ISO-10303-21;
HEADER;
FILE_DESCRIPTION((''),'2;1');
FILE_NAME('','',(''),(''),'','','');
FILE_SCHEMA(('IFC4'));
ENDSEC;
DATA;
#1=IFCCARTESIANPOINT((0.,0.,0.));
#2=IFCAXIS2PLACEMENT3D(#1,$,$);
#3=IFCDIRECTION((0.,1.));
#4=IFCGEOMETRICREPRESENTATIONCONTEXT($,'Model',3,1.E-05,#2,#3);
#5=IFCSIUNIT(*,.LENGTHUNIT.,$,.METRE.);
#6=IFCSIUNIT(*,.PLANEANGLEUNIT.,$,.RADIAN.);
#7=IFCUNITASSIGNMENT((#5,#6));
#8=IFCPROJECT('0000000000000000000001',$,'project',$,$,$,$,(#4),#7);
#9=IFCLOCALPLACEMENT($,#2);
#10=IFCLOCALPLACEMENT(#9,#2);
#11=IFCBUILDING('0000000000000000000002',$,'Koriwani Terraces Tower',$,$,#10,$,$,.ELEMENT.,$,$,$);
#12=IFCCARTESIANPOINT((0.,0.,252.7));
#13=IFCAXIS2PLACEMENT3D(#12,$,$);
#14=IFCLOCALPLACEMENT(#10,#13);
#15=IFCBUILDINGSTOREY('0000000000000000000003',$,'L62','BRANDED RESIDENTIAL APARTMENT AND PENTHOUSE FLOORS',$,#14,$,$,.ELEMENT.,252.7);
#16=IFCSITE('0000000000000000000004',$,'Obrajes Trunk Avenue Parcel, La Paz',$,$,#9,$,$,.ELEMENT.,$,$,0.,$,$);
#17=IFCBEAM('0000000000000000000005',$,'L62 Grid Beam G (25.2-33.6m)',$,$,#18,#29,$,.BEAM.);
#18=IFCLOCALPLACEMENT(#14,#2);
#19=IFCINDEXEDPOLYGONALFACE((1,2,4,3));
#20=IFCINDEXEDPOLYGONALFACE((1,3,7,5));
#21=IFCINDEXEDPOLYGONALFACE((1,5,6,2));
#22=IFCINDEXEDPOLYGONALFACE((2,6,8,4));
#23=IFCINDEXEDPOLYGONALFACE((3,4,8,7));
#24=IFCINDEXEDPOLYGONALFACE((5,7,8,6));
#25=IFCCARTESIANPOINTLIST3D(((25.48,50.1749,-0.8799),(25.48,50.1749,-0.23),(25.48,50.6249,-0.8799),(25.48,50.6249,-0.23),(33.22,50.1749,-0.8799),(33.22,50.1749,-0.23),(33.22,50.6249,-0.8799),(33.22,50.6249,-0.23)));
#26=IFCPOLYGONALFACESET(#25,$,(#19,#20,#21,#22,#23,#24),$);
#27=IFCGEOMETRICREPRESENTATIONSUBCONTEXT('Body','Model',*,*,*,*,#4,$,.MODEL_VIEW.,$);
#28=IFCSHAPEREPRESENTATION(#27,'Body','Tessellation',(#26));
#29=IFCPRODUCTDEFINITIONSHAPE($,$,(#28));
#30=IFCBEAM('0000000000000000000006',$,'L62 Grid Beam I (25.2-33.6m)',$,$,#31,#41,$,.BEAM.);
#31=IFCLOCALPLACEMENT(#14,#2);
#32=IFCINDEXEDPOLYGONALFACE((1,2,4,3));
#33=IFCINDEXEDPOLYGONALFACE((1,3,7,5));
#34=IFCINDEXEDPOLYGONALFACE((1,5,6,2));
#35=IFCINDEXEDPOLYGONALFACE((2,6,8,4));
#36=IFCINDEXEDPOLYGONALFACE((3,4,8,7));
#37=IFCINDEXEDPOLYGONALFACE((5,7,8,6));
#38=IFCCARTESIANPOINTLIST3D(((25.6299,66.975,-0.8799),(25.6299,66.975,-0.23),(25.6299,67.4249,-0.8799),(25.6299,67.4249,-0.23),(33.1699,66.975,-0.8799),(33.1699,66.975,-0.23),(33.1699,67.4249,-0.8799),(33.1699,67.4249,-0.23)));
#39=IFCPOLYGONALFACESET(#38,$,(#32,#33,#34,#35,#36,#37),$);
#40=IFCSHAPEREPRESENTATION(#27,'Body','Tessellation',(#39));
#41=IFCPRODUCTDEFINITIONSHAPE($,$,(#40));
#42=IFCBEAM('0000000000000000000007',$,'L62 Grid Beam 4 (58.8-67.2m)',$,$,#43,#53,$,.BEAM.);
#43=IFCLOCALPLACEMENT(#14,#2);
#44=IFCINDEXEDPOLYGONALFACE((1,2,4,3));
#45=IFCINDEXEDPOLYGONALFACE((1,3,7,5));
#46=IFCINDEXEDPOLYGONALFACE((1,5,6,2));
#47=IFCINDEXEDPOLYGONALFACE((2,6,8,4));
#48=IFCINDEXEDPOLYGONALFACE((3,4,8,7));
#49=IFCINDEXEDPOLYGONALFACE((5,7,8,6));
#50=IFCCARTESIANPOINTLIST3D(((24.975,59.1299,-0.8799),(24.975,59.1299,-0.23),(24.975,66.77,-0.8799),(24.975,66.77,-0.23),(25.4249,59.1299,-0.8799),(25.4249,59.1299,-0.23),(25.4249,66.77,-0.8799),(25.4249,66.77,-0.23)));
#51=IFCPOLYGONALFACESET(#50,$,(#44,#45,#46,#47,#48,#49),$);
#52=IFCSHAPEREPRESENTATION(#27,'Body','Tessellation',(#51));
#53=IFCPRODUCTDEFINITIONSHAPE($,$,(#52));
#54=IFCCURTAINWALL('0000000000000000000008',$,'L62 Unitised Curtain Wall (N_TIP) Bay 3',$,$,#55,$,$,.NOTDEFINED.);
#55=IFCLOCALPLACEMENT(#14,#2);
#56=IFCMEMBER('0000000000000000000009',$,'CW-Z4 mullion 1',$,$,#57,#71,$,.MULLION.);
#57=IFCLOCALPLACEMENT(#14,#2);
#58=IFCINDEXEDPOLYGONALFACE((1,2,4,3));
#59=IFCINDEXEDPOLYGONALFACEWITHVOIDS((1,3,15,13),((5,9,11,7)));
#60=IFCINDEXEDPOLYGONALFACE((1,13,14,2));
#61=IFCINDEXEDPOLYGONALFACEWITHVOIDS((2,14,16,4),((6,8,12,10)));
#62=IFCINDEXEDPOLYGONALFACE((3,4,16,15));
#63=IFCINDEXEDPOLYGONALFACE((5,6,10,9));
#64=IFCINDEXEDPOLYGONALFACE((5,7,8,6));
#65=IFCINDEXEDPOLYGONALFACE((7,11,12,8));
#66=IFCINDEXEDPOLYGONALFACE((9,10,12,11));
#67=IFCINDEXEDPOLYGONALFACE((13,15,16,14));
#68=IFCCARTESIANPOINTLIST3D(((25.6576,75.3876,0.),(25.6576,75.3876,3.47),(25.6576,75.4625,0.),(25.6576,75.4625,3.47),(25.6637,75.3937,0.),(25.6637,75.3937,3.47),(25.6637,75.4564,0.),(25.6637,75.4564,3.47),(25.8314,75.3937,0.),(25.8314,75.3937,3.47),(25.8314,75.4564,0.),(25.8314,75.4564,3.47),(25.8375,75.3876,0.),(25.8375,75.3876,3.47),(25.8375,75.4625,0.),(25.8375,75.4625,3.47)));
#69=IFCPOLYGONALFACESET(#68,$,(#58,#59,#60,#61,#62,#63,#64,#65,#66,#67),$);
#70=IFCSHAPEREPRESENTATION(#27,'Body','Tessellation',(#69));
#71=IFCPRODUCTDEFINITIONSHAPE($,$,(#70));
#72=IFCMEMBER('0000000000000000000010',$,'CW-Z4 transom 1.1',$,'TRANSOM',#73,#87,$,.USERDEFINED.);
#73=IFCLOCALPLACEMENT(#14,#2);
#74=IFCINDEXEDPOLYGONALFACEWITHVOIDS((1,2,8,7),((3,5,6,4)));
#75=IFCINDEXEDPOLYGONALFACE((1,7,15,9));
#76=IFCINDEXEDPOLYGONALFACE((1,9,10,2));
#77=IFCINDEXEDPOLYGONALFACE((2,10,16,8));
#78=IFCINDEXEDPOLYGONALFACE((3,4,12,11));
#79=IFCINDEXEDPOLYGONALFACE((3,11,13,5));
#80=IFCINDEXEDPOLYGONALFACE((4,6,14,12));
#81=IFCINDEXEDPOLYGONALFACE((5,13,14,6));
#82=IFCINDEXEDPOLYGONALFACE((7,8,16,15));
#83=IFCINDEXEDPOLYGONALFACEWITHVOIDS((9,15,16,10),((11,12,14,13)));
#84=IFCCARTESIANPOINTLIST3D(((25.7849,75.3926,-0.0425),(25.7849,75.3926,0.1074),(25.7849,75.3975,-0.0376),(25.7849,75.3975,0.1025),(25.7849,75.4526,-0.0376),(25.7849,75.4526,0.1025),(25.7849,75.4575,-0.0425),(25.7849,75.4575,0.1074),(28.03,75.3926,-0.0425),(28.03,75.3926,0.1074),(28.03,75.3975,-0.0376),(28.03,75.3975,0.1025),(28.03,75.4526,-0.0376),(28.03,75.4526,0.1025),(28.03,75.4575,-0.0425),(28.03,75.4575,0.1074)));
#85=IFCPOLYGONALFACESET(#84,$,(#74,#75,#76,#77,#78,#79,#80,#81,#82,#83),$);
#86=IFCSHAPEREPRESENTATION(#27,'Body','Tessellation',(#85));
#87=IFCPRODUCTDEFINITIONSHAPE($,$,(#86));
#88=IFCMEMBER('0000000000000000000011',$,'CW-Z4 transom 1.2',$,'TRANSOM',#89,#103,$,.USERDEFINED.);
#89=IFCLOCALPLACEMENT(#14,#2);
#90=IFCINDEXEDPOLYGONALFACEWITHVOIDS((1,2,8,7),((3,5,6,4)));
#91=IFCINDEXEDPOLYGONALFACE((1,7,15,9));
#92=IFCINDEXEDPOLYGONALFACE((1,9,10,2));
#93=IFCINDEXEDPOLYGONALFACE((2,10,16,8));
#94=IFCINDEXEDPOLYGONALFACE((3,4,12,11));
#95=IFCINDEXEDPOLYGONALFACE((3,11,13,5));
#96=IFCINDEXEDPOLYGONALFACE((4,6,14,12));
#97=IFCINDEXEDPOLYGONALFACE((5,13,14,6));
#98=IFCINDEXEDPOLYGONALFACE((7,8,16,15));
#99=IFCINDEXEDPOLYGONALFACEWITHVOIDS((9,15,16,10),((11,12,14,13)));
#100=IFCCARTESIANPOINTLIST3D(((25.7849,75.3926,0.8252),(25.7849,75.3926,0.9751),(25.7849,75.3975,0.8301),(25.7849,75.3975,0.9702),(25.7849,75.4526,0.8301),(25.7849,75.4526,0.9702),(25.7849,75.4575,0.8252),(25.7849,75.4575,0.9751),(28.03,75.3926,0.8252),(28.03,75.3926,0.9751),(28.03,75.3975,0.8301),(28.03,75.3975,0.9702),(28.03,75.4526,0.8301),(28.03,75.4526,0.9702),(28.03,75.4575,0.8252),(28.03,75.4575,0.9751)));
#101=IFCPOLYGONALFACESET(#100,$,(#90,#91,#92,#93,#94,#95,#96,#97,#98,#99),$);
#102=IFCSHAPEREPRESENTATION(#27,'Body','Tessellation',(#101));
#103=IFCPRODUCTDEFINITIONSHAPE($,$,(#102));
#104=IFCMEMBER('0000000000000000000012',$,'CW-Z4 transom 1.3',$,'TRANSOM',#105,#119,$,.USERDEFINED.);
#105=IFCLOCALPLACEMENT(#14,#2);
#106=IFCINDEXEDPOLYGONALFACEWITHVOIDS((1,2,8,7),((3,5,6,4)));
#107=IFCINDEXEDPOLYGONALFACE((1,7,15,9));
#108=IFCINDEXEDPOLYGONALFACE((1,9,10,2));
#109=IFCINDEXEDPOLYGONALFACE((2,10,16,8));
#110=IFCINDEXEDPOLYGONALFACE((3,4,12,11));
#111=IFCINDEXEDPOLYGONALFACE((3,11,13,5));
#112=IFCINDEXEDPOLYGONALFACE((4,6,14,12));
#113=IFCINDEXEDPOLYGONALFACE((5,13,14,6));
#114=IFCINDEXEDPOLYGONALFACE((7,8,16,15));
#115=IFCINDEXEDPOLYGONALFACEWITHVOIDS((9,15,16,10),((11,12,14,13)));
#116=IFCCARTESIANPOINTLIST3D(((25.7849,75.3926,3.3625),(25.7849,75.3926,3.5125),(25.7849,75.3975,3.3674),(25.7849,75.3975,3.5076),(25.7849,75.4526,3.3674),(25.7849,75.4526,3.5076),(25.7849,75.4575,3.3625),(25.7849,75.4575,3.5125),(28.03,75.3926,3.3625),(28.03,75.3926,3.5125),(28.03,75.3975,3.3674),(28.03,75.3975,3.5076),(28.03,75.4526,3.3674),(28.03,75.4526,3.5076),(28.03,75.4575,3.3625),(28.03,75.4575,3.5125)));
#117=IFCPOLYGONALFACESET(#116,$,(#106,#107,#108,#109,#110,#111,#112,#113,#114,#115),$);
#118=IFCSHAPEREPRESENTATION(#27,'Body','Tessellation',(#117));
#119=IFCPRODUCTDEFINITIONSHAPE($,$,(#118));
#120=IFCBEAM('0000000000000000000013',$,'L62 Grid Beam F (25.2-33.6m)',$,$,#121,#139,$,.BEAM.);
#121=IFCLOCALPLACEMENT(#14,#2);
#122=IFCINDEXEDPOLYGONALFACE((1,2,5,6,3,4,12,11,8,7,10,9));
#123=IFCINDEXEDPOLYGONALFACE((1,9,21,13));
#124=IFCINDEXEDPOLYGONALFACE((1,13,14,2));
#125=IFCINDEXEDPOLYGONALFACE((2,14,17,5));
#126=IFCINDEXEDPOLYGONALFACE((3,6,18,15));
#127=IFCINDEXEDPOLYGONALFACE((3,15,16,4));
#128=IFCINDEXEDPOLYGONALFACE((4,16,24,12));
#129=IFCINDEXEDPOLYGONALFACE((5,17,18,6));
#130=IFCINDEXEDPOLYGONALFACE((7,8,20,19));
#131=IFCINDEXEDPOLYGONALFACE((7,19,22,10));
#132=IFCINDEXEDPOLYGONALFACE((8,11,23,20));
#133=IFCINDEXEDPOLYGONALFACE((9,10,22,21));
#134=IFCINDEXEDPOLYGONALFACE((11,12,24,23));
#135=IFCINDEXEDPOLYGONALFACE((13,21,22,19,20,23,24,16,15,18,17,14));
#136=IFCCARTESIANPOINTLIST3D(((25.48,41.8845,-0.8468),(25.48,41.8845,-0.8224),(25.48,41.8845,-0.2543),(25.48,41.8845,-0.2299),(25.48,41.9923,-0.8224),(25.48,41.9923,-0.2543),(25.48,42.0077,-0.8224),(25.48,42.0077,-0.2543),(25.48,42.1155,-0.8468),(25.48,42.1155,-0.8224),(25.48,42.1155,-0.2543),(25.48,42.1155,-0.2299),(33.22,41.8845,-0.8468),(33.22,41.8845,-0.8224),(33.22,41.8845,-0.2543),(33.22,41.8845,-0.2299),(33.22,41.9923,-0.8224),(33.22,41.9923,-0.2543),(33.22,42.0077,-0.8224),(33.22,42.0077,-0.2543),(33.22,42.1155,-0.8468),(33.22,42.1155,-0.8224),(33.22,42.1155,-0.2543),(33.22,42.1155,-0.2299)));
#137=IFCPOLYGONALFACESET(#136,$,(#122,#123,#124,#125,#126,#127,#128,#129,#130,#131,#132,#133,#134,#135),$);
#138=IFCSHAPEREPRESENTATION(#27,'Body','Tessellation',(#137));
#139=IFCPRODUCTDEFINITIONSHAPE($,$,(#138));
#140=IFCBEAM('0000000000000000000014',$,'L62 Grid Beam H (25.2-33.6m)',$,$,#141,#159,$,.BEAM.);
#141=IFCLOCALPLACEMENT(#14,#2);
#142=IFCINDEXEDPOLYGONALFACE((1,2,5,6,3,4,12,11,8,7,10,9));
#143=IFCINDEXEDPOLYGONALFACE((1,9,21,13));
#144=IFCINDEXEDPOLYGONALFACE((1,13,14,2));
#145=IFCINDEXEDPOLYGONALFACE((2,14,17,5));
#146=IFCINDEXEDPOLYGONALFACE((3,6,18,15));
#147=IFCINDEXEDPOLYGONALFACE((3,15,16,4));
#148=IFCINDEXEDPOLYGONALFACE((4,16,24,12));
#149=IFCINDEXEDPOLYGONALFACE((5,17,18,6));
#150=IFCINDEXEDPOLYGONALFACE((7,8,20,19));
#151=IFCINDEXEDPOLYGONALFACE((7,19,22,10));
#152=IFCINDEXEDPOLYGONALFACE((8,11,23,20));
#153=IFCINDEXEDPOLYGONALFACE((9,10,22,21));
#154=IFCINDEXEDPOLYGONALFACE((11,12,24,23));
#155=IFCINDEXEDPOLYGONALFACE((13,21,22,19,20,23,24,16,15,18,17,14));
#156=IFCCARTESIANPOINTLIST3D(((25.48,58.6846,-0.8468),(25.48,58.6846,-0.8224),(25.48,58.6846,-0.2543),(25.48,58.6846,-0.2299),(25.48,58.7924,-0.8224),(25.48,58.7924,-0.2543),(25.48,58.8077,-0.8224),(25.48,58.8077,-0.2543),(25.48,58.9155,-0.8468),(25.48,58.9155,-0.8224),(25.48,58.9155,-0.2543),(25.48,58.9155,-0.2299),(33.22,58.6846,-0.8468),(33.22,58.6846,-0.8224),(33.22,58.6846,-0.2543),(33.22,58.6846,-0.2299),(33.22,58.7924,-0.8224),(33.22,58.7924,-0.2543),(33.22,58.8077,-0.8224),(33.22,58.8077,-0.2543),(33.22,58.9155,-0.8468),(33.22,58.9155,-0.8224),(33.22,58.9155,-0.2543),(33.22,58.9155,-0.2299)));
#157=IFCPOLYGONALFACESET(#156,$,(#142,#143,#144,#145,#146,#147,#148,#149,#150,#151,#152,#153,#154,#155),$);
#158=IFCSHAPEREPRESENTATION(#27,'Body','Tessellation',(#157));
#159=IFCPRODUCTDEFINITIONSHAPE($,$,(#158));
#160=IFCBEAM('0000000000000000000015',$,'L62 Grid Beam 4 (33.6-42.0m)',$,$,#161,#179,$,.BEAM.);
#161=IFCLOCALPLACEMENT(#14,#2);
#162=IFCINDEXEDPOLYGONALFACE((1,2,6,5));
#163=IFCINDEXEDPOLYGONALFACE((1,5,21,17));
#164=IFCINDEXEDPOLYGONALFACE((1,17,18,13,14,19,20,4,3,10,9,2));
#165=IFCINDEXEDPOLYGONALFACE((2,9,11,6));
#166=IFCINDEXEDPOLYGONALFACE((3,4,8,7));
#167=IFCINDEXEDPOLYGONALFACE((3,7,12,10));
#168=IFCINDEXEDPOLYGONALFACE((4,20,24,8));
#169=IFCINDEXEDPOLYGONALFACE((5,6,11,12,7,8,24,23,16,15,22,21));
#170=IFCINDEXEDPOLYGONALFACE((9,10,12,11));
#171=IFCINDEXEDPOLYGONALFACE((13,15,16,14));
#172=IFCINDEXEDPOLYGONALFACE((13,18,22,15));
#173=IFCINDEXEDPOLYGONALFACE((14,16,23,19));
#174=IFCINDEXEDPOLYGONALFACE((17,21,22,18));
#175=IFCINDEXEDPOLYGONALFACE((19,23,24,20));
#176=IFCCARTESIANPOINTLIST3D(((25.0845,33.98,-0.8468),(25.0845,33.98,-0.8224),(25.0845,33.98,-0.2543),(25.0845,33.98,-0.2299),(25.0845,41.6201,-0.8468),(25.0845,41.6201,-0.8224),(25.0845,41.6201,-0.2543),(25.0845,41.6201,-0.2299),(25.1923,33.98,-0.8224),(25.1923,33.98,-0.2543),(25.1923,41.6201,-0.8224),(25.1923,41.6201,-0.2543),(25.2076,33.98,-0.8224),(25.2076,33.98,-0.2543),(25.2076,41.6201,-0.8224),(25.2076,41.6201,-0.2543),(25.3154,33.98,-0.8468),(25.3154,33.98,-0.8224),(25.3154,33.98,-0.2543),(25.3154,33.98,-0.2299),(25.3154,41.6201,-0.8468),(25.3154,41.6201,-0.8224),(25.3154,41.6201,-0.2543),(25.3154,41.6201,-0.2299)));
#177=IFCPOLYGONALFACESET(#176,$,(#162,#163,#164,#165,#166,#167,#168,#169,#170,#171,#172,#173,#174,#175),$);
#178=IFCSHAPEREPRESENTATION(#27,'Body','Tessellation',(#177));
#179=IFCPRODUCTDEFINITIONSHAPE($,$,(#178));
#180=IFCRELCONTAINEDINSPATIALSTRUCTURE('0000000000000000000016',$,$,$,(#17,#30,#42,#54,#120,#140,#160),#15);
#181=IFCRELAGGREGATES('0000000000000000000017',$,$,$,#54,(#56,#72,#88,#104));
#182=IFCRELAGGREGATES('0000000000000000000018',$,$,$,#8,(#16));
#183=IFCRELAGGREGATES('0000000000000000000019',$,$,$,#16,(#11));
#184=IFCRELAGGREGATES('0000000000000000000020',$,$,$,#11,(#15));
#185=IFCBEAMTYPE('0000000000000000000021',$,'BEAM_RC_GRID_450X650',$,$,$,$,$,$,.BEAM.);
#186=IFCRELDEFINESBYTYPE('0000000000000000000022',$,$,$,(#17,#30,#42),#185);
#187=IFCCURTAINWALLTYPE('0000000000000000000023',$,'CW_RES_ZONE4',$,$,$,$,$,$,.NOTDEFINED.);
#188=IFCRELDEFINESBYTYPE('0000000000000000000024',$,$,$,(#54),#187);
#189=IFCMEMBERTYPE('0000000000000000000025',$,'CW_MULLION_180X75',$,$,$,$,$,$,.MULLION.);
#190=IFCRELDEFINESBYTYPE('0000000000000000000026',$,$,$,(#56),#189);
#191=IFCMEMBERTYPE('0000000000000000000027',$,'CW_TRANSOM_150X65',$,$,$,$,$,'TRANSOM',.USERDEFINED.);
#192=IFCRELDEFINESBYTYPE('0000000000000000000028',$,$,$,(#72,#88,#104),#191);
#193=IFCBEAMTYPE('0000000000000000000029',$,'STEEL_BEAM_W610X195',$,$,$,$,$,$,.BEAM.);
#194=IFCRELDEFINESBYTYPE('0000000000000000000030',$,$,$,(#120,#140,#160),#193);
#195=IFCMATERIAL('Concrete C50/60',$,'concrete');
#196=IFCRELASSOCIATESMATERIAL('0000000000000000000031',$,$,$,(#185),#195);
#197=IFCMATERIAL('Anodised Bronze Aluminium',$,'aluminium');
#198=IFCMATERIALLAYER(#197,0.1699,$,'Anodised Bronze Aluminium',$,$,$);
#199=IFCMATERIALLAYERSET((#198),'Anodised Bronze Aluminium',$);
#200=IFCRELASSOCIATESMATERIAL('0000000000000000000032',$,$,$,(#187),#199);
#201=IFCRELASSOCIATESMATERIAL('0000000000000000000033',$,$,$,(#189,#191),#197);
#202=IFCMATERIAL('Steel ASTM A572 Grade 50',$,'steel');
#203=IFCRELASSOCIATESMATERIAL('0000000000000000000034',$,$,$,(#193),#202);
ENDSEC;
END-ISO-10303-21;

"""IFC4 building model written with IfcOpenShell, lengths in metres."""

from ifc_helpers import new_model, si_unit, direction, frame, origin, origin_2d, place, context, subcontext, project, spatial, rectangle, hollow_rectangle, i_section, extrude, material, layer, layer_set, material_profile, profile_set, type_object, element, aggregate, save


model = new_model("IFC4")

# Units and contexts
model_context = context("Model", 3, precision=1e-05, world=origin(), true_north=direction((0.0, 1.0)))
body_context = subcontext(model_context, "Body", "Model", "MODEL_VIEW")
ifc_project = project(units=[si_unit("LENGTHUNIT", "METRE"), si_unit("PLANEANGLEUNIT", "RADIAN")], contexts=[model_context])

# Site, building, storey
site_placement = place(None, origin())
site = spatial("IfcSite", under=ifc_project, at=site_placement, Name="Obrajes Trunk Avenue Parcel, La Paz", CompositionType="ELEMENT", RefElevation=0.0)
building_placement = place(site_placement, origin())
building = spatial("IfcBuilding", under=site, at=building_placement, Name="Koriwani Terraces Tower", CompositionType="ELEMENT")
storey_placement = place(building_placement, frame((0.0, 0.0, 252.7)))
storey = spatial("IfcBuildingStorey", under=building, at=storey_placement, Name="L62", Description="BRANDED RESIDENTIAL APARTMENT AND PENTHOUSE FLOORS", CompositionType="ELEMENT", Elevation=252.7)

# Beams
ifc_material_1 = material(Name="Concrete C50/60", Category="concrete")
ifc_material_profile_1 = material_profile(ifc_material_1, rectangle(XDim=0.45, YDim=0.6499, at=origin_2d()), Name="Concrete C50/60", Category="LoadBearing")
ifc_profile_set_1 = profile_set([ifc_material_profile_1], Name="Concrete C50/60")
beam_type_1 = type_object("IfcBeamType", Name="BEAM_RC_GRID_450X650", PredefinedType="BEAM", material=ifc_profile_set_1)
beam_1_placement = place(storey_placement, frame((25.48, 50.3999, -0.5549), z_axis=(1.0, 0.0, 0.0), x_axis=(0.0, 1.0, 0.0)))
element("IfcBeam", 1, at=beam_1_placement, inside=storey, type_object=beam_type_1, Name="L62 Grid Beam G (25.2-33.6m)", PredefinedType="BEAM", context=body_context, shape_type="SweptSolid", body=[
    extrude(rectangle(XDim=0.45, YDim=0.6499, at=origin_2d()), origin(), (0.0, 0.0, 1.0), 7.74),
])
beam_2_placement = place(storey_placement, frame((25.6299, 67.2, -0.5549), z_axis=(1.0, 0.0, 0.0), x_axis=(0.0, 1.0, 0.0)))
element("IfcBeam", 2, at=beam_2_placement, inside=storey, type_object=beam_type_1, Name="L62 Grid Beam I (25.2-33.6m)", PredefinedType="BEAM", context=body_context, shape_type="SweptSolid", body=[
    extrude(rectangle(XDim=0.45, YDim=0.6499, at=origin_2d()), origin(), (0.0, 0.0, 1.0), 7.54),
])
beam_3_placement = place(storey_placement, frame((25.2, 59.1299, -0.5549), z_axis=(0.0, 1.0, 0.0), x_axis=(-1.0, 0.0, 0.0)))
element("IfcBeam", 3, at=beam_3_placement, inside=storey, type_object=beam_type_1, Name="L62 Grid Beam 4 (58.8-67.2m)", PredefinedType="BEAM", context=body_context, shape_type="SweptSolid", body=[
    extrude(rectangle(XDim=0.45, YDim=0.6499, at=origin_2d()), origin(), (0.0, 0.0, 1.0), 7.6401),
])

# Curtain wall, members
ifc_material_2 = material(Name="Anodised Bronze Aluminium", Category="aluminium")
ifc_layer_1 = layer(ifc_material_2, 0.1699, Name="Anodised Bronze Aluminium")
ifc_layer_set_1 = layer_set([ifc_layer_1], Name="Anodised Bronze Aluminium")
curtain_wall_type = type_object("IfcCurtainWallType", Name="CW_RES_ZONE4", PredefinedType="NOTDEFINED", material=ifc_layer_set_1)
curtain_wall_placement = place(storey_placement, origin())
curtain_wall = element("IfcCurtainWall", 4, at=curtain_wall_placement, inside=storey, type_object=curtain_wall_type, Name="L62 Unitised Curtain Wall (N_TIP) Bay 3", PredefinedType="NOTDEFINED")
ifc_material_profile_2 = material_profile(ifc_material_2, hollow_rectangle(XDim=0.075, YDim=0.1799, WallThickness=0.0061, at=origin_2d()), Name="Anodised Bronze Aluminium", Category="LoadBearing")
ifc_profile_set_2 = profile_set([ifc_material_profile_2], Name="Anodised Bronze Aluminium")
member_type_1 = type_object("IfcMemberType", Name="CW_MULLION_180X75", PredefinedType="MULLION", material=ifc_profile_set_2)
member_1_placement = place(storey_placement, frame((25.7476, 75.425, 0.0), z_axis=(0.0, 0.0, 1.0), x_axis=(0.0, 1.0, 0.0)))
member_1 = element("IfcMember", 5, at=member_1_placement, type_object=member_type_1, Name="CW-Z4 mullion 1", PredefinedType="MULLION", context=body_context, shape_type="SweptSolid", body=[
    extrude(hollow_rectangle(XDim=0.075, YDim=0.1799, WallThickness=0.0061, at=origin_2d()), origin(), (0.0, 0.0, 1.0), 3.47),
])
ifc_material_profile_3 = material_profile(ifc_material_2, hollow_rectangle(XDim=0.0649, YDim=0.1499, WallThickness=0.0049, at=origin_2d()), Name="Anodised Bronze Aluminium", Category="LoadBearing")
ifc_profile_set_3 = profile_set([ifc_material_profile_3], Name="Anodised Bronze Aluminium")
member_type_2 = type_object("IfcMemberType", Name="CW_TRANSOM_150X65", ElementType="TRANSOM", PredefinedType="USERDEFINED", material=ifc_profile_set_3)
member_2_placement = place(storey_placement, frame((25.7849, 75.425, 0.0325), z_axis=(1.0, 0.0, 0.0), x_axis=(0.0, 1.0, 0.0)))
member_2 = element("IfcMember", 6, at=member_2_placement, type_object=member_type_2, Name="CW-Z4 transom 1.1", ObjectType="TRANSOM", PredefinedType="USERDEFINED", context=body_context, shape_type="SweptSolid", body=[
    extrude(hollow_rectangle(XDim=0.0649, YDim=0.1499, WallThickness=0.0049, at=origin_2d()), origin(), (0.0, 0.0, 1.0), 2.2451),
])
member_3_placement = place(storey_placement, frame((25.7849, 75.425, 0.9001), z_axis=(1.0, 0.0, 0.0), x_axis=(0.0, 1.0, 0.0)))
member_3 = element("IfcMember", 7, at=member_3_placement, type_object=member_type_2, Name="CW-Z4 transom 1.2", ObjectType="TRANSOM", PredefinedType="USERDEFINED", context=body_context, shape_type="SweptSolid", body=[
    extrude(hollow_rectangle(XDim=0.0649, YDim=0.1499, WallThickness=0.0049, at=origin_2d()), origin(), (0.0, 0.0, 1.0), 2.2451),
])
member_4_placement = place(storey_placement, frame((25.7849, 75.425, 3.4375), z_axis=(1.0, 0.0, 0.0), x_axis=(0.0, 1.0, 0.0)))
member_4 = element("IfcMember", 8, at=member_4_placement, type_object=member_type_2, Name="CW-Z4 transom 1.3", ObjectType="TRANSOM", PredefinedType="USERDEFINED", context=body_context, shape_type="SweptSolid", body=[
    extrude(hollow_rectangle(XDim=0.0649, YDim=0.1499, WallThickness=0.0049, at=origin_2d()), origin(), (0.0, 0.0, 1.0), 2.2451),
])

# Beams
ifc_material_3 = material(Name="Steel ASTM A572 Grade 50", Category="steel")
ifc_material_profile_4 = material_profile(ifc_material_3, i_section(OverallWidth=0.231, OverallDepth=0.6169, WebThickness=0.0154, FlangeThickness=0.0244, at=origin_2d()), Name="Steel ASTM A572 Grade 50", Category="LoadBearing")
ifc_profile_set_4 = profile_set([ifc_material_profile_4], Name="Steel ASTM A572 Grade 50")
beam_type_2 = type_object("IfcBeamType", Name="STEEL_BEAM_W610X195", PredefinedType="BEAM", material=ifc_profile_set_4)
for number, where, z_axis, x_axis, name in (
    (9, (25.48, 42.0, -0.5383), (1.0, 0.0, 0.0), (0.0, 1.0, 0.0), "L62 Grid Beam F (25.2-33.6m)"),
    (10, (25.48, 58.8, -0.5383), (1.0, 0.0, 0.0), (0.0, 1.0, 0.0), "L62 Grid Beam H (25.2-33.6m)"),
):
    element("IfcBeam", number, at=place(storey_placement, frame(where, z_axis=z_axis, x_axis=x_axis)), inside=storey, type_object=beam_type_2, Name=name, PredefinedType="BEAM", context=body_context, shape_type="SweptSolid", body=[
        extrude(i_section(OverallWidth=0.231, OverallDepth=0.6169, WebThickness=0.0154, FlangeThickness=0.0244, at=origin_2d()), origin(), (0.0, 0.0, 1.0), 7.74),
    ])
beam_4_placement = place(storey_placement, frame((25.2, 33.98, -0.5383), z_axis=(0.0, 1.0, 0.0), x_axis=(-1.0, 0.0, 0.0)))
element("IfcBeam", 11, at=beam_4_placement, inside=storey, type_object=beam_type_2, Name="L62 Grid Beam 4 (33.6-42.0m)", PredefinedType="BEAM", context=body_context, shape_type="SweptSolid", body=[
    extrude(i_section(OverallWidth=0.231, OverallDepth=0.6169, WebThickness=0.0154, FlangeThickness=0.0244, at=origin_2d()), origin(), (0.0, 0.0, 1.0), 7.6401),
])

aggregate(curtain_wall, [member_1, member_2, member_3, member_4])

save(model, "model.ifc")
